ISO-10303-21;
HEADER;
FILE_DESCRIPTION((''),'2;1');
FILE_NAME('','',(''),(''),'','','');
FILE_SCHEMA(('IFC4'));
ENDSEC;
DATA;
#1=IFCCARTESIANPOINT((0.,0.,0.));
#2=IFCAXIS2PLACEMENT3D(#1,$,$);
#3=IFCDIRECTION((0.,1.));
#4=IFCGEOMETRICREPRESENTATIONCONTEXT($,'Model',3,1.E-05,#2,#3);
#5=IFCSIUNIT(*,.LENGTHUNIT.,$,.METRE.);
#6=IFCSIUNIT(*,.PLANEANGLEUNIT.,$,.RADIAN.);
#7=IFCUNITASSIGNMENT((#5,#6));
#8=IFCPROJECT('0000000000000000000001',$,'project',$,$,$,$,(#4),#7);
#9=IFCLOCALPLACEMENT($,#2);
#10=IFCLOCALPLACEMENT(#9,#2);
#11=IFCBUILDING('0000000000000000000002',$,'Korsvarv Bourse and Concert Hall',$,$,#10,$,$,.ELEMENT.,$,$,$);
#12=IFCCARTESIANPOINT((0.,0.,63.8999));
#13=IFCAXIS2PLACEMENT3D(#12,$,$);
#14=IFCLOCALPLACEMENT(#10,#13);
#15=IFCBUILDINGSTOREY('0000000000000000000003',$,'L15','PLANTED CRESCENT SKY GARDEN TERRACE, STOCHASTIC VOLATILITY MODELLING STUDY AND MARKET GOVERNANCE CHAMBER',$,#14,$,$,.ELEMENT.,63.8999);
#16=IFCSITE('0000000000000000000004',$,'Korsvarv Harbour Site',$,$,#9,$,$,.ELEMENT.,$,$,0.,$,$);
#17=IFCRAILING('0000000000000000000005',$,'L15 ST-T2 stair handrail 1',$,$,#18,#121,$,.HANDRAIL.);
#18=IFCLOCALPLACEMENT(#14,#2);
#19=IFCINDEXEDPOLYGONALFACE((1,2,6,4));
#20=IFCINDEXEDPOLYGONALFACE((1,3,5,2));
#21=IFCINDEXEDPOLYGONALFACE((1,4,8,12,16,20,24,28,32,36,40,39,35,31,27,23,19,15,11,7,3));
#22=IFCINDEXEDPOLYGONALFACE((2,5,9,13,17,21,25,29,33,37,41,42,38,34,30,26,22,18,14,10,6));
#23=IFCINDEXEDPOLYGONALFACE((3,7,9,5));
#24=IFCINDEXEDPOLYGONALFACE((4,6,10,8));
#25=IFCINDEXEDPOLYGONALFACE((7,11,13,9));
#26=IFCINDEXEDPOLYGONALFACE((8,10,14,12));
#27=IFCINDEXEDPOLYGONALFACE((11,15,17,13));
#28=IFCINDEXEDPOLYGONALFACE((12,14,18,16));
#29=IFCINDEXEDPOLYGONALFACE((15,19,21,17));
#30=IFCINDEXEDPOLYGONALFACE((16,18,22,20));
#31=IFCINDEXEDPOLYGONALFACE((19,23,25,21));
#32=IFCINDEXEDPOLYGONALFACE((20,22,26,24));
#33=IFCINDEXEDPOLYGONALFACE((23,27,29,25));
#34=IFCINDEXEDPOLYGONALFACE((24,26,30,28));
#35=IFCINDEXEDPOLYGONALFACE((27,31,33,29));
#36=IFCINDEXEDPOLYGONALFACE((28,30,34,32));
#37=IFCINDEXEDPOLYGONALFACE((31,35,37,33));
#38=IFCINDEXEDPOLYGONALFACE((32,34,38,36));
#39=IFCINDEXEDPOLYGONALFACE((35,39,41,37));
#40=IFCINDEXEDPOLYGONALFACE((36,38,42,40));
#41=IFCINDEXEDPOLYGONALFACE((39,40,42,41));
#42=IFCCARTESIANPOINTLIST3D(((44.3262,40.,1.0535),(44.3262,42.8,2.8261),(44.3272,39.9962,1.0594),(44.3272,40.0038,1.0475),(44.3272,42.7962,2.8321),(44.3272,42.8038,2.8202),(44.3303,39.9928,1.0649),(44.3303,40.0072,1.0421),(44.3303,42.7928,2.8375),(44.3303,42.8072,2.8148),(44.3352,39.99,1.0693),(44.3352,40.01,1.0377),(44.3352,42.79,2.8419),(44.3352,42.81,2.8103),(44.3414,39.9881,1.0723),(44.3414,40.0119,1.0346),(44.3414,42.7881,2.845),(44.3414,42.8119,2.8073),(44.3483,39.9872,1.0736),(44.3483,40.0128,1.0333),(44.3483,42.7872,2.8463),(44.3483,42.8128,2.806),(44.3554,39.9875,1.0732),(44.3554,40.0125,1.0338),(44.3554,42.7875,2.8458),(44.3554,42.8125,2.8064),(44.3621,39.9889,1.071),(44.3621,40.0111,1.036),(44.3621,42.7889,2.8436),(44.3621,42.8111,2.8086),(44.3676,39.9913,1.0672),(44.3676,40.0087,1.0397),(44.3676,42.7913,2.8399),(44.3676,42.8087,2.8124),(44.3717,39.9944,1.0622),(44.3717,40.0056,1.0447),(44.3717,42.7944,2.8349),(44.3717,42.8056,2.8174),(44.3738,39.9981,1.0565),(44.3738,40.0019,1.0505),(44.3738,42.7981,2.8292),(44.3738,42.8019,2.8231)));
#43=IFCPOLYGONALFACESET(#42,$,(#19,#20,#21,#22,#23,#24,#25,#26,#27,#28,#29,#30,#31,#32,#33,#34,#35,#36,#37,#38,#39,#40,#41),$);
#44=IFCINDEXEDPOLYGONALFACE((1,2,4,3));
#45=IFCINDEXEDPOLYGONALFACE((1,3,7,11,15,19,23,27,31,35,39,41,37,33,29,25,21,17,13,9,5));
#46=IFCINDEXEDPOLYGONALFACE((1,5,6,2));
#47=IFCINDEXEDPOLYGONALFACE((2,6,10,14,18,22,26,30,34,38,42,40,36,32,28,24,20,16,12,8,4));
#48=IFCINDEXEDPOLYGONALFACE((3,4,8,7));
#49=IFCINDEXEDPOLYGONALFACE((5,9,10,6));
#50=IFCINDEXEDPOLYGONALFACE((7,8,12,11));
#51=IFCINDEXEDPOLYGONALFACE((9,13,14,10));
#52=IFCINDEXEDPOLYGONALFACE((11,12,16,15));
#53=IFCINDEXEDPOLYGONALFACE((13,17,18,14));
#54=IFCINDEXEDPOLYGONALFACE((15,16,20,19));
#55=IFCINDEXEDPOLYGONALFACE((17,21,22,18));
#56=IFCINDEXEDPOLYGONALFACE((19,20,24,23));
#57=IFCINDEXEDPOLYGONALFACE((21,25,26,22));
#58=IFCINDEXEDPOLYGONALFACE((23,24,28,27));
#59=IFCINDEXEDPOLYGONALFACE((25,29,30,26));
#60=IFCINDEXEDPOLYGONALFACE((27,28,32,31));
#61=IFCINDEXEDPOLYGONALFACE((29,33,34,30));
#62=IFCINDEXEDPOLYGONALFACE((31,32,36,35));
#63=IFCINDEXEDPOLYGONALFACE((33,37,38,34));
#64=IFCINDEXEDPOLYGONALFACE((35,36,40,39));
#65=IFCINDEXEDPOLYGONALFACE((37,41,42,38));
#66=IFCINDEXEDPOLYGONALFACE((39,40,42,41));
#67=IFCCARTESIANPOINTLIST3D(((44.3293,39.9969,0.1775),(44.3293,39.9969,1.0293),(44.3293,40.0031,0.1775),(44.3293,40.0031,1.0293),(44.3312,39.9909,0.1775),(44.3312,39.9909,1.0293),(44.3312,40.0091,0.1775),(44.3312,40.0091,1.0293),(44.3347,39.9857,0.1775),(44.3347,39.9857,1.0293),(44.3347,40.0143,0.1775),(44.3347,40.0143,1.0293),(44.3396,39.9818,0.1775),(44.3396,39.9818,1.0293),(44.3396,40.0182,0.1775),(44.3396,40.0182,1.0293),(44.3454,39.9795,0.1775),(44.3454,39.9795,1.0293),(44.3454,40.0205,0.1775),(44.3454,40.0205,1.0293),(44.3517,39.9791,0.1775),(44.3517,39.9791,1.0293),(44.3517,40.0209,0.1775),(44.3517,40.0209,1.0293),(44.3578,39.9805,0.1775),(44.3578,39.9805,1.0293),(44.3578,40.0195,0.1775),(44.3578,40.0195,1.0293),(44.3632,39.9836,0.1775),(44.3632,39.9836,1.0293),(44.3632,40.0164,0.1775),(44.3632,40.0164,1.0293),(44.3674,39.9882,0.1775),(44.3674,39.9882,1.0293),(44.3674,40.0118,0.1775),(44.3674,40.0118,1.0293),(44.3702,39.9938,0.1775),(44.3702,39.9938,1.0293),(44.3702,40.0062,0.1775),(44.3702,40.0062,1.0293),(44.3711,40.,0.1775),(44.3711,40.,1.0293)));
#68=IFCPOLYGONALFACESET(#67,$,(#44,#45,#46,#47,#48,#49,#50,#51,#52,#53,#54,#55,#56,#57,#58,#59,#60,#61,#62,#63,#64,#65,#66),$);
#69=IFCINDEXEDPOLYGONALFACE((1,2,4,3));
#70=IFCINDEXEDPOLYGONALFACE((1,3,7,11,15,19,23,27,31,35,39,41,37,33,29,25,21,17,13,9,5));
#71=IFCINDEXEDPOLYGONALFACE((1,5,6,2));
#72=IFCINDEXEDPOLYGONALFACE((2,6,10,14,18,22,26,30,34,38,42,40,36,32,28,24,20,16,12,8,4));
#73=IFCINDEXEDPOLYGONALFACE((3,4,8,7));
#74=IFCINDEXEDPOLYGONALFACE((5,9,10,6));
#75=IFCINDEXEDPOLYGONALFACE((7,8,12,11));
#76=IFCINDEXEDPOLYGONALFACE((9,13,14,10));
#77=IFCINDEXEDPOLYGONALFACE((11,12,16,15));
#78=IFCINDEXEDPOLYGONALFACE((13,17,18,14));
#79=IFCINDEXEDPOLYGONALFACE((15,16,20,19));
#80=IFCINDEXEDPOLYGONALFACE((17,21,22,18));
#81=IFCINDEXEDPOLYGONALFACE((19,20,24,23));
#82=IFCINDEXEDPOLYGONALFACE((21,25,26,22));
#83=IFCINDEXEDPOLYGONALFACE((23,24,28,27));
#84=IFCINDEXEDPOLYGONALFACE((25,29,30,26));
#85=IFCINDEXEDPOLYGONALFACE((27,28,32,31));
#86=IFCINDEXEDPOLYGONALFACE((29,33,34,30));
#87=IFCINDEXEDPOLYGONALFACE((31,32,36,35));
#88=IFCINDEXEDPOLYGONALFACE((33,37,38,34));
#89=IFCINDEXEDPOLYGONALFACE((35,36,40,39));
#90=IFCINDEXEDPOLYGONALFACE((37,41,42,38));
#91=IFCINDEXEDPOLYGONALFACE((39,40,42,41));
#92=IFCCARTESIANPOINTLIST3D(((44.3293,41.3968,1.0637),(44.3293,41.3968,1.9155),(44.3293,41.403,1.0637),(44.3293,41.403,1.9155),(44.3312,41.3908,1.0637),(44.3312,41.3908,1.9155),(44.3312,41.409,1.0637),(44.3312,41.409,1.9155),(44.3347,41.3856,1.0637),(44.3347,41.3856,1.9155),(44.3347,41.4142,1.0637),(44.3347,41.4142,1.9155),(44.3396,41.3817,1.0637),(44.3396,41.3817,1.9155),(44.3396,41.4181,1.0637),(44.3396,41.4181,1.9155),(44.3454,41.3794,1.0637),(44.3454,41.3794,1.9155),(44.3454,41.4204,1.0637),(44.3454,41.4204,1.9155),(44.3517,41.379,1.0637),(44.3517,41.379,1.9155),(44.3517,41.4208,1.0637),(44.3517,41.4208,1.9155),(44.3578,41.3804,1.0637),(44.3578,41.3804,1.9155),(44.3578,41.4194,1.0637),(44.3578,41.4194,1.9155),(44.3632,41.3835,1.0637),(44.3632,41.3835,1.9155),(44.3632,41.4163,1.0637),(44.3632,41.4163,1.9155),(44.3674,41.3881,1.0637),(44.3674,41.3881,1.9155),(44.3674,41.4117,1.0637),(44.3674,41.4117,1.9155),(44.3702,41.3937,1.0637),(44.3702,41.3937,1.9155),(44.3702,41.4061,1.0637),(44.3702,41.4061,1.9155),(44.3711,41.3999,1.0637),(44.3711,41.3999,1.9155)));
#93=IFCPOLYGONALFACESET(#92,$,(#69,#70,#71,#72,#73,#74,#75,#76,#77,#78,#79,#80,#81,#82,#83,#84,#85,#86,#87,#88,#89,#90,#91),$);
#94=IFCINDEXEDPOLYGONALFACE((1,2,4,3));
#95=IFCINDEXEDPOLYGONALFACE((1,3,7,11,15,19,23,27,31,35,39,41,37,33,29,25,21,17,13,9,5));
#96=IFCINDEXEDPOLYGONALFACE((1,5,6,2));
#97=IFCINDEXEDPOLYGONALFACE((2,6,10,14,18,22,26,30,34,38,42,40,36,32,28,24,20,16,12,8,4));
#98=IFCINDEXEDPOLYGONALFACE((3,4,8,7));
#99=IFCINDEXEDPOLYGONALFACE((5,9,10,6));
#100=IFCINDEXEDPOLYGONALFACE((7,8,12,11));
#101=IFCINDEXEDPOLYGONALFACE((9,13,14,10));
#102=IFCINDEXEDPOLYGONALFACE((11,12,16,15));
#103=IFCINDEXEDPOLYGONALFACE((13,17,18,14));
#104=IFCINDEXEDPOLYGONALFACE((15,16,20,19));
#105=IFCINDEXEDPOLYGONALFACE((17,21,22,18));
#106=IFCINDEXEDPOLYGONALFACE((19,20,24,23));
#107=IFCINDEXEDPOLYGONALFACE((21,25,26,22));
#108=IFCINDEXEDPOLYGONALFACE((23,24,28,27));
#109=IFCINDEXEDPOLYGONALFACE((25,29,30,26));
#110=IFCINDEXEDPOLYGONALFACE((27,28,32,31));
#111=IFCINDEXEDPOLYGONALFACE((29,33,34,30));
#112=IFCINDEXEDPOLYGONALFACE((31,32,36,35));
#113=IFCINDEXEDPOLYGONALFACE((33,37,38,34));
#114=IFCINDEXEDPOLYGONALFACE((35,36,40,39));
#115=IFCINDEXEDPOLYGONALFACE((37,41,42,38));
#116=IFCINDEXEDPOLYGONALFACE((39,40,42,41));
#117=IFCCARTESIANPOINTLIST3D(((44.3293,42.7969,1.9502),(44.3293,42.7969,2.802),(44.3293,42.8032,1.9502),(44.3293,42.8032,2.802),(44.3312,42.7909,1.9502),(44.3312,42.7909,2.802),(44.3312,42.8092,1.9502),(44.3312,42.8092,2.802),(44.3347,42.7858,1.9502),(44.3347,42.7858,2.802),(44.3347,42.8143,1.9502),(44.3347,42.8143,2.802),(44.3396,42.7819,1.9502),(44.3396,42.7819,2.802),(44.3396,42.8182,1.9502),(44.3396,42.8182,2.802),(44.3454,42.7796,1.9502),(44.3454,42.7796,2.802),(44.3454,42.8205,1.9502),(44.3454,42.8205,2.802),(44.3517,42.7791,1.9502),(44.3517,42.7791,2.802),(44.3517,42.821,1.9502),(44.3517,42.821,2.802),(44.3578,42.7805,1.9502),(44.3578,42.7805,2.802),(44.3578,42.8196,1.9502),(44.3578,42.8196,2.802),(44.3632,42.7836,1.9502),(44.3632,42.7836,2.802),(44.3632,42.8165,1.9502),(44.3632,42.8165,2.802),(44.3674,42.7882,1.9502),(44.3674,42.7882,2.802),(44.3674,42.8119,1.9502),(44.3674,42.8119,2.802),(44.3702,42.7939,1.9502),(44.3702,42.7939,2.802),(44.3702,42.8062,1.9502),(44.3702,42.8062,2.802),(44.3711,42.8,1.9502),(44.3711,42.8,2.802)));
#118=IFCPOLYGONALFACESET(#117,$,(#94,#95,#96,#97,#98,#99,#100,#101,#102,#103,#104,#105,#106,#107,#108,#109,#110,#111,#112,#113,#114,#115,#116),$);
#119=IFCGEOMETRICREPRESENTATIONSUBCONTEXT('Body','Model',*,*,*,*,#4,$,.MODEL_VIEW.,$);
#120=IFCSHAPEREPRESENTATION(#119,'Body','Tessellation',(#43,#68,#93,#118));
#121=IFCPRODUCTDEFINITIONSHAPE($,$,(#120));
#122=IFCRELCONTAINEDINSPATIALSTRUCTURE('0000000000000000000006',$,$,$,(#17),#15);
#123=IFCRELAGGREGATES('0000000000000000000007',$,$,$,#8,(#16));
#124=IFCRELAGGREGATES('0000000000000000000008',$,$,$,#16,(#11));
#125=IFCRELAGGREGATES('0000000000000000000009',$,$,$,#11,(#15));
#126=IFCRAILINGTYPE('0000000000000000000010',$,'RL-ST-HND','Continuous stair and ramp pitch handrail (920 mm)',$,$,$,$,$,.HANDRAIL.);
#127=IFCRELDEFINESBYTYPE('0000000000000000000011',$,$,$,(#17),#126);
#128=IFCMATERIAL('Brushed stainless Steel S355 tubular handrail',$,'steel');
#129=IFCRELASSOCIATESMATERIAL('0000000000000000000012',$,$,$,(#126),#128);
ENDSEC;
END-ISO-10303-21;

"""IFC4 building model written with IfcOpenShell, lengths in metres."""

from ifc_helpers import new_model, si_unit, direction, frame, origin, origin_2d, place, context, subcontext, project, spatial, circle, extrude, material, type_object, element, save


model = new_model("IFC4")

# Units and contexts
model_context = context("Model", 3, precision=1e-05, world=origin(), true_north=direction((0.0, 1.0)))
body_context = subcontext(model_context, "Body", "Model", "MODEL_VIEW")
ifc_project = project(units=[si_unit("LENGTHUNIT", "METRE"), si_unit("PLANEANGLEUNIT", "RADIAN")], contexts=[model_context])

# Site, building, storey
site_placement = place(None, origin())
site = spatial("IfcSite", under=ifc_project, at=site_placement, Name="Korsvarv Harbour Site", CompositionType="ELEMENT", RefElevation=0.0)
building_placement = place(site_placement, origin())
building = spatial("IfcBuilding", under=site, at=building_placement, Name="Korsvarv Bourse and Concert Hall", CompositionType="ELEMENT")
storey_placement = place(building_placement, frame((0.0, 0.0, 63.8999)))
storey = spatial("IfcBuildingStorey", under=building, at=storey_placement, Name="L15", Description="PLANTED CRESCENT SKY GARDEN TERRACE, STOCHASTIC VOLATILITY MODELLING STUDY AND MARKET GOVERNANCE CHAMBER", CompositionType="ELEMENT", Elevation=63.8999)

# Railing
ifc_material_1 = material(Name="Brushed stainless Steel S355 tubular handrail", Category="steel")
railing_type_1 = type_object("IfcRailingType", Name="RL-ST-HND", Description="Continuous stair and ramp pitch handrail (920 mm)", PredefinedType="HANDRAIL", material=ifc_material_1)
railing_1_placement = place(storey_placement, frame((44.3501, 40.0, 0.1775)))
element("IfcRailing", 1, at=railing_1_placement, inside=storey, type_object=railing_type_1, Name="L15 ST-T2 stair handrail 1", PredefinedType="HANDRAIL", context=body_context, shape_type="SweptSolid", body=[
    extrude(circle(Radius=0.0239, at=origin_2d()), frame((0.0, 0.0, 0.876), z_axis=(0.0, 0.844909, 0.53491), x_axis=(-1.0, 0.0, 0.0)), (0.0, 0.0, 1.0), 3.314),
    extrude(circle(Radius=0.021, at=origin_2d()), origin(), (0.0, 0.0, 1.0), 0.8518),
    extrude(circle(Radius=0.021, at=origin_2d()), frame((0.0, 1.3999, 0.8862)), (0.0, 0.0, 1.0), 0.8518),
    extrude(circle(Radius=0.021, at=origin_2d()), frame((0.0, 2.8, 1.7727)), (0.0, 0.0, 1.0), 0.8518),
])

save(model, "model.ifc")
